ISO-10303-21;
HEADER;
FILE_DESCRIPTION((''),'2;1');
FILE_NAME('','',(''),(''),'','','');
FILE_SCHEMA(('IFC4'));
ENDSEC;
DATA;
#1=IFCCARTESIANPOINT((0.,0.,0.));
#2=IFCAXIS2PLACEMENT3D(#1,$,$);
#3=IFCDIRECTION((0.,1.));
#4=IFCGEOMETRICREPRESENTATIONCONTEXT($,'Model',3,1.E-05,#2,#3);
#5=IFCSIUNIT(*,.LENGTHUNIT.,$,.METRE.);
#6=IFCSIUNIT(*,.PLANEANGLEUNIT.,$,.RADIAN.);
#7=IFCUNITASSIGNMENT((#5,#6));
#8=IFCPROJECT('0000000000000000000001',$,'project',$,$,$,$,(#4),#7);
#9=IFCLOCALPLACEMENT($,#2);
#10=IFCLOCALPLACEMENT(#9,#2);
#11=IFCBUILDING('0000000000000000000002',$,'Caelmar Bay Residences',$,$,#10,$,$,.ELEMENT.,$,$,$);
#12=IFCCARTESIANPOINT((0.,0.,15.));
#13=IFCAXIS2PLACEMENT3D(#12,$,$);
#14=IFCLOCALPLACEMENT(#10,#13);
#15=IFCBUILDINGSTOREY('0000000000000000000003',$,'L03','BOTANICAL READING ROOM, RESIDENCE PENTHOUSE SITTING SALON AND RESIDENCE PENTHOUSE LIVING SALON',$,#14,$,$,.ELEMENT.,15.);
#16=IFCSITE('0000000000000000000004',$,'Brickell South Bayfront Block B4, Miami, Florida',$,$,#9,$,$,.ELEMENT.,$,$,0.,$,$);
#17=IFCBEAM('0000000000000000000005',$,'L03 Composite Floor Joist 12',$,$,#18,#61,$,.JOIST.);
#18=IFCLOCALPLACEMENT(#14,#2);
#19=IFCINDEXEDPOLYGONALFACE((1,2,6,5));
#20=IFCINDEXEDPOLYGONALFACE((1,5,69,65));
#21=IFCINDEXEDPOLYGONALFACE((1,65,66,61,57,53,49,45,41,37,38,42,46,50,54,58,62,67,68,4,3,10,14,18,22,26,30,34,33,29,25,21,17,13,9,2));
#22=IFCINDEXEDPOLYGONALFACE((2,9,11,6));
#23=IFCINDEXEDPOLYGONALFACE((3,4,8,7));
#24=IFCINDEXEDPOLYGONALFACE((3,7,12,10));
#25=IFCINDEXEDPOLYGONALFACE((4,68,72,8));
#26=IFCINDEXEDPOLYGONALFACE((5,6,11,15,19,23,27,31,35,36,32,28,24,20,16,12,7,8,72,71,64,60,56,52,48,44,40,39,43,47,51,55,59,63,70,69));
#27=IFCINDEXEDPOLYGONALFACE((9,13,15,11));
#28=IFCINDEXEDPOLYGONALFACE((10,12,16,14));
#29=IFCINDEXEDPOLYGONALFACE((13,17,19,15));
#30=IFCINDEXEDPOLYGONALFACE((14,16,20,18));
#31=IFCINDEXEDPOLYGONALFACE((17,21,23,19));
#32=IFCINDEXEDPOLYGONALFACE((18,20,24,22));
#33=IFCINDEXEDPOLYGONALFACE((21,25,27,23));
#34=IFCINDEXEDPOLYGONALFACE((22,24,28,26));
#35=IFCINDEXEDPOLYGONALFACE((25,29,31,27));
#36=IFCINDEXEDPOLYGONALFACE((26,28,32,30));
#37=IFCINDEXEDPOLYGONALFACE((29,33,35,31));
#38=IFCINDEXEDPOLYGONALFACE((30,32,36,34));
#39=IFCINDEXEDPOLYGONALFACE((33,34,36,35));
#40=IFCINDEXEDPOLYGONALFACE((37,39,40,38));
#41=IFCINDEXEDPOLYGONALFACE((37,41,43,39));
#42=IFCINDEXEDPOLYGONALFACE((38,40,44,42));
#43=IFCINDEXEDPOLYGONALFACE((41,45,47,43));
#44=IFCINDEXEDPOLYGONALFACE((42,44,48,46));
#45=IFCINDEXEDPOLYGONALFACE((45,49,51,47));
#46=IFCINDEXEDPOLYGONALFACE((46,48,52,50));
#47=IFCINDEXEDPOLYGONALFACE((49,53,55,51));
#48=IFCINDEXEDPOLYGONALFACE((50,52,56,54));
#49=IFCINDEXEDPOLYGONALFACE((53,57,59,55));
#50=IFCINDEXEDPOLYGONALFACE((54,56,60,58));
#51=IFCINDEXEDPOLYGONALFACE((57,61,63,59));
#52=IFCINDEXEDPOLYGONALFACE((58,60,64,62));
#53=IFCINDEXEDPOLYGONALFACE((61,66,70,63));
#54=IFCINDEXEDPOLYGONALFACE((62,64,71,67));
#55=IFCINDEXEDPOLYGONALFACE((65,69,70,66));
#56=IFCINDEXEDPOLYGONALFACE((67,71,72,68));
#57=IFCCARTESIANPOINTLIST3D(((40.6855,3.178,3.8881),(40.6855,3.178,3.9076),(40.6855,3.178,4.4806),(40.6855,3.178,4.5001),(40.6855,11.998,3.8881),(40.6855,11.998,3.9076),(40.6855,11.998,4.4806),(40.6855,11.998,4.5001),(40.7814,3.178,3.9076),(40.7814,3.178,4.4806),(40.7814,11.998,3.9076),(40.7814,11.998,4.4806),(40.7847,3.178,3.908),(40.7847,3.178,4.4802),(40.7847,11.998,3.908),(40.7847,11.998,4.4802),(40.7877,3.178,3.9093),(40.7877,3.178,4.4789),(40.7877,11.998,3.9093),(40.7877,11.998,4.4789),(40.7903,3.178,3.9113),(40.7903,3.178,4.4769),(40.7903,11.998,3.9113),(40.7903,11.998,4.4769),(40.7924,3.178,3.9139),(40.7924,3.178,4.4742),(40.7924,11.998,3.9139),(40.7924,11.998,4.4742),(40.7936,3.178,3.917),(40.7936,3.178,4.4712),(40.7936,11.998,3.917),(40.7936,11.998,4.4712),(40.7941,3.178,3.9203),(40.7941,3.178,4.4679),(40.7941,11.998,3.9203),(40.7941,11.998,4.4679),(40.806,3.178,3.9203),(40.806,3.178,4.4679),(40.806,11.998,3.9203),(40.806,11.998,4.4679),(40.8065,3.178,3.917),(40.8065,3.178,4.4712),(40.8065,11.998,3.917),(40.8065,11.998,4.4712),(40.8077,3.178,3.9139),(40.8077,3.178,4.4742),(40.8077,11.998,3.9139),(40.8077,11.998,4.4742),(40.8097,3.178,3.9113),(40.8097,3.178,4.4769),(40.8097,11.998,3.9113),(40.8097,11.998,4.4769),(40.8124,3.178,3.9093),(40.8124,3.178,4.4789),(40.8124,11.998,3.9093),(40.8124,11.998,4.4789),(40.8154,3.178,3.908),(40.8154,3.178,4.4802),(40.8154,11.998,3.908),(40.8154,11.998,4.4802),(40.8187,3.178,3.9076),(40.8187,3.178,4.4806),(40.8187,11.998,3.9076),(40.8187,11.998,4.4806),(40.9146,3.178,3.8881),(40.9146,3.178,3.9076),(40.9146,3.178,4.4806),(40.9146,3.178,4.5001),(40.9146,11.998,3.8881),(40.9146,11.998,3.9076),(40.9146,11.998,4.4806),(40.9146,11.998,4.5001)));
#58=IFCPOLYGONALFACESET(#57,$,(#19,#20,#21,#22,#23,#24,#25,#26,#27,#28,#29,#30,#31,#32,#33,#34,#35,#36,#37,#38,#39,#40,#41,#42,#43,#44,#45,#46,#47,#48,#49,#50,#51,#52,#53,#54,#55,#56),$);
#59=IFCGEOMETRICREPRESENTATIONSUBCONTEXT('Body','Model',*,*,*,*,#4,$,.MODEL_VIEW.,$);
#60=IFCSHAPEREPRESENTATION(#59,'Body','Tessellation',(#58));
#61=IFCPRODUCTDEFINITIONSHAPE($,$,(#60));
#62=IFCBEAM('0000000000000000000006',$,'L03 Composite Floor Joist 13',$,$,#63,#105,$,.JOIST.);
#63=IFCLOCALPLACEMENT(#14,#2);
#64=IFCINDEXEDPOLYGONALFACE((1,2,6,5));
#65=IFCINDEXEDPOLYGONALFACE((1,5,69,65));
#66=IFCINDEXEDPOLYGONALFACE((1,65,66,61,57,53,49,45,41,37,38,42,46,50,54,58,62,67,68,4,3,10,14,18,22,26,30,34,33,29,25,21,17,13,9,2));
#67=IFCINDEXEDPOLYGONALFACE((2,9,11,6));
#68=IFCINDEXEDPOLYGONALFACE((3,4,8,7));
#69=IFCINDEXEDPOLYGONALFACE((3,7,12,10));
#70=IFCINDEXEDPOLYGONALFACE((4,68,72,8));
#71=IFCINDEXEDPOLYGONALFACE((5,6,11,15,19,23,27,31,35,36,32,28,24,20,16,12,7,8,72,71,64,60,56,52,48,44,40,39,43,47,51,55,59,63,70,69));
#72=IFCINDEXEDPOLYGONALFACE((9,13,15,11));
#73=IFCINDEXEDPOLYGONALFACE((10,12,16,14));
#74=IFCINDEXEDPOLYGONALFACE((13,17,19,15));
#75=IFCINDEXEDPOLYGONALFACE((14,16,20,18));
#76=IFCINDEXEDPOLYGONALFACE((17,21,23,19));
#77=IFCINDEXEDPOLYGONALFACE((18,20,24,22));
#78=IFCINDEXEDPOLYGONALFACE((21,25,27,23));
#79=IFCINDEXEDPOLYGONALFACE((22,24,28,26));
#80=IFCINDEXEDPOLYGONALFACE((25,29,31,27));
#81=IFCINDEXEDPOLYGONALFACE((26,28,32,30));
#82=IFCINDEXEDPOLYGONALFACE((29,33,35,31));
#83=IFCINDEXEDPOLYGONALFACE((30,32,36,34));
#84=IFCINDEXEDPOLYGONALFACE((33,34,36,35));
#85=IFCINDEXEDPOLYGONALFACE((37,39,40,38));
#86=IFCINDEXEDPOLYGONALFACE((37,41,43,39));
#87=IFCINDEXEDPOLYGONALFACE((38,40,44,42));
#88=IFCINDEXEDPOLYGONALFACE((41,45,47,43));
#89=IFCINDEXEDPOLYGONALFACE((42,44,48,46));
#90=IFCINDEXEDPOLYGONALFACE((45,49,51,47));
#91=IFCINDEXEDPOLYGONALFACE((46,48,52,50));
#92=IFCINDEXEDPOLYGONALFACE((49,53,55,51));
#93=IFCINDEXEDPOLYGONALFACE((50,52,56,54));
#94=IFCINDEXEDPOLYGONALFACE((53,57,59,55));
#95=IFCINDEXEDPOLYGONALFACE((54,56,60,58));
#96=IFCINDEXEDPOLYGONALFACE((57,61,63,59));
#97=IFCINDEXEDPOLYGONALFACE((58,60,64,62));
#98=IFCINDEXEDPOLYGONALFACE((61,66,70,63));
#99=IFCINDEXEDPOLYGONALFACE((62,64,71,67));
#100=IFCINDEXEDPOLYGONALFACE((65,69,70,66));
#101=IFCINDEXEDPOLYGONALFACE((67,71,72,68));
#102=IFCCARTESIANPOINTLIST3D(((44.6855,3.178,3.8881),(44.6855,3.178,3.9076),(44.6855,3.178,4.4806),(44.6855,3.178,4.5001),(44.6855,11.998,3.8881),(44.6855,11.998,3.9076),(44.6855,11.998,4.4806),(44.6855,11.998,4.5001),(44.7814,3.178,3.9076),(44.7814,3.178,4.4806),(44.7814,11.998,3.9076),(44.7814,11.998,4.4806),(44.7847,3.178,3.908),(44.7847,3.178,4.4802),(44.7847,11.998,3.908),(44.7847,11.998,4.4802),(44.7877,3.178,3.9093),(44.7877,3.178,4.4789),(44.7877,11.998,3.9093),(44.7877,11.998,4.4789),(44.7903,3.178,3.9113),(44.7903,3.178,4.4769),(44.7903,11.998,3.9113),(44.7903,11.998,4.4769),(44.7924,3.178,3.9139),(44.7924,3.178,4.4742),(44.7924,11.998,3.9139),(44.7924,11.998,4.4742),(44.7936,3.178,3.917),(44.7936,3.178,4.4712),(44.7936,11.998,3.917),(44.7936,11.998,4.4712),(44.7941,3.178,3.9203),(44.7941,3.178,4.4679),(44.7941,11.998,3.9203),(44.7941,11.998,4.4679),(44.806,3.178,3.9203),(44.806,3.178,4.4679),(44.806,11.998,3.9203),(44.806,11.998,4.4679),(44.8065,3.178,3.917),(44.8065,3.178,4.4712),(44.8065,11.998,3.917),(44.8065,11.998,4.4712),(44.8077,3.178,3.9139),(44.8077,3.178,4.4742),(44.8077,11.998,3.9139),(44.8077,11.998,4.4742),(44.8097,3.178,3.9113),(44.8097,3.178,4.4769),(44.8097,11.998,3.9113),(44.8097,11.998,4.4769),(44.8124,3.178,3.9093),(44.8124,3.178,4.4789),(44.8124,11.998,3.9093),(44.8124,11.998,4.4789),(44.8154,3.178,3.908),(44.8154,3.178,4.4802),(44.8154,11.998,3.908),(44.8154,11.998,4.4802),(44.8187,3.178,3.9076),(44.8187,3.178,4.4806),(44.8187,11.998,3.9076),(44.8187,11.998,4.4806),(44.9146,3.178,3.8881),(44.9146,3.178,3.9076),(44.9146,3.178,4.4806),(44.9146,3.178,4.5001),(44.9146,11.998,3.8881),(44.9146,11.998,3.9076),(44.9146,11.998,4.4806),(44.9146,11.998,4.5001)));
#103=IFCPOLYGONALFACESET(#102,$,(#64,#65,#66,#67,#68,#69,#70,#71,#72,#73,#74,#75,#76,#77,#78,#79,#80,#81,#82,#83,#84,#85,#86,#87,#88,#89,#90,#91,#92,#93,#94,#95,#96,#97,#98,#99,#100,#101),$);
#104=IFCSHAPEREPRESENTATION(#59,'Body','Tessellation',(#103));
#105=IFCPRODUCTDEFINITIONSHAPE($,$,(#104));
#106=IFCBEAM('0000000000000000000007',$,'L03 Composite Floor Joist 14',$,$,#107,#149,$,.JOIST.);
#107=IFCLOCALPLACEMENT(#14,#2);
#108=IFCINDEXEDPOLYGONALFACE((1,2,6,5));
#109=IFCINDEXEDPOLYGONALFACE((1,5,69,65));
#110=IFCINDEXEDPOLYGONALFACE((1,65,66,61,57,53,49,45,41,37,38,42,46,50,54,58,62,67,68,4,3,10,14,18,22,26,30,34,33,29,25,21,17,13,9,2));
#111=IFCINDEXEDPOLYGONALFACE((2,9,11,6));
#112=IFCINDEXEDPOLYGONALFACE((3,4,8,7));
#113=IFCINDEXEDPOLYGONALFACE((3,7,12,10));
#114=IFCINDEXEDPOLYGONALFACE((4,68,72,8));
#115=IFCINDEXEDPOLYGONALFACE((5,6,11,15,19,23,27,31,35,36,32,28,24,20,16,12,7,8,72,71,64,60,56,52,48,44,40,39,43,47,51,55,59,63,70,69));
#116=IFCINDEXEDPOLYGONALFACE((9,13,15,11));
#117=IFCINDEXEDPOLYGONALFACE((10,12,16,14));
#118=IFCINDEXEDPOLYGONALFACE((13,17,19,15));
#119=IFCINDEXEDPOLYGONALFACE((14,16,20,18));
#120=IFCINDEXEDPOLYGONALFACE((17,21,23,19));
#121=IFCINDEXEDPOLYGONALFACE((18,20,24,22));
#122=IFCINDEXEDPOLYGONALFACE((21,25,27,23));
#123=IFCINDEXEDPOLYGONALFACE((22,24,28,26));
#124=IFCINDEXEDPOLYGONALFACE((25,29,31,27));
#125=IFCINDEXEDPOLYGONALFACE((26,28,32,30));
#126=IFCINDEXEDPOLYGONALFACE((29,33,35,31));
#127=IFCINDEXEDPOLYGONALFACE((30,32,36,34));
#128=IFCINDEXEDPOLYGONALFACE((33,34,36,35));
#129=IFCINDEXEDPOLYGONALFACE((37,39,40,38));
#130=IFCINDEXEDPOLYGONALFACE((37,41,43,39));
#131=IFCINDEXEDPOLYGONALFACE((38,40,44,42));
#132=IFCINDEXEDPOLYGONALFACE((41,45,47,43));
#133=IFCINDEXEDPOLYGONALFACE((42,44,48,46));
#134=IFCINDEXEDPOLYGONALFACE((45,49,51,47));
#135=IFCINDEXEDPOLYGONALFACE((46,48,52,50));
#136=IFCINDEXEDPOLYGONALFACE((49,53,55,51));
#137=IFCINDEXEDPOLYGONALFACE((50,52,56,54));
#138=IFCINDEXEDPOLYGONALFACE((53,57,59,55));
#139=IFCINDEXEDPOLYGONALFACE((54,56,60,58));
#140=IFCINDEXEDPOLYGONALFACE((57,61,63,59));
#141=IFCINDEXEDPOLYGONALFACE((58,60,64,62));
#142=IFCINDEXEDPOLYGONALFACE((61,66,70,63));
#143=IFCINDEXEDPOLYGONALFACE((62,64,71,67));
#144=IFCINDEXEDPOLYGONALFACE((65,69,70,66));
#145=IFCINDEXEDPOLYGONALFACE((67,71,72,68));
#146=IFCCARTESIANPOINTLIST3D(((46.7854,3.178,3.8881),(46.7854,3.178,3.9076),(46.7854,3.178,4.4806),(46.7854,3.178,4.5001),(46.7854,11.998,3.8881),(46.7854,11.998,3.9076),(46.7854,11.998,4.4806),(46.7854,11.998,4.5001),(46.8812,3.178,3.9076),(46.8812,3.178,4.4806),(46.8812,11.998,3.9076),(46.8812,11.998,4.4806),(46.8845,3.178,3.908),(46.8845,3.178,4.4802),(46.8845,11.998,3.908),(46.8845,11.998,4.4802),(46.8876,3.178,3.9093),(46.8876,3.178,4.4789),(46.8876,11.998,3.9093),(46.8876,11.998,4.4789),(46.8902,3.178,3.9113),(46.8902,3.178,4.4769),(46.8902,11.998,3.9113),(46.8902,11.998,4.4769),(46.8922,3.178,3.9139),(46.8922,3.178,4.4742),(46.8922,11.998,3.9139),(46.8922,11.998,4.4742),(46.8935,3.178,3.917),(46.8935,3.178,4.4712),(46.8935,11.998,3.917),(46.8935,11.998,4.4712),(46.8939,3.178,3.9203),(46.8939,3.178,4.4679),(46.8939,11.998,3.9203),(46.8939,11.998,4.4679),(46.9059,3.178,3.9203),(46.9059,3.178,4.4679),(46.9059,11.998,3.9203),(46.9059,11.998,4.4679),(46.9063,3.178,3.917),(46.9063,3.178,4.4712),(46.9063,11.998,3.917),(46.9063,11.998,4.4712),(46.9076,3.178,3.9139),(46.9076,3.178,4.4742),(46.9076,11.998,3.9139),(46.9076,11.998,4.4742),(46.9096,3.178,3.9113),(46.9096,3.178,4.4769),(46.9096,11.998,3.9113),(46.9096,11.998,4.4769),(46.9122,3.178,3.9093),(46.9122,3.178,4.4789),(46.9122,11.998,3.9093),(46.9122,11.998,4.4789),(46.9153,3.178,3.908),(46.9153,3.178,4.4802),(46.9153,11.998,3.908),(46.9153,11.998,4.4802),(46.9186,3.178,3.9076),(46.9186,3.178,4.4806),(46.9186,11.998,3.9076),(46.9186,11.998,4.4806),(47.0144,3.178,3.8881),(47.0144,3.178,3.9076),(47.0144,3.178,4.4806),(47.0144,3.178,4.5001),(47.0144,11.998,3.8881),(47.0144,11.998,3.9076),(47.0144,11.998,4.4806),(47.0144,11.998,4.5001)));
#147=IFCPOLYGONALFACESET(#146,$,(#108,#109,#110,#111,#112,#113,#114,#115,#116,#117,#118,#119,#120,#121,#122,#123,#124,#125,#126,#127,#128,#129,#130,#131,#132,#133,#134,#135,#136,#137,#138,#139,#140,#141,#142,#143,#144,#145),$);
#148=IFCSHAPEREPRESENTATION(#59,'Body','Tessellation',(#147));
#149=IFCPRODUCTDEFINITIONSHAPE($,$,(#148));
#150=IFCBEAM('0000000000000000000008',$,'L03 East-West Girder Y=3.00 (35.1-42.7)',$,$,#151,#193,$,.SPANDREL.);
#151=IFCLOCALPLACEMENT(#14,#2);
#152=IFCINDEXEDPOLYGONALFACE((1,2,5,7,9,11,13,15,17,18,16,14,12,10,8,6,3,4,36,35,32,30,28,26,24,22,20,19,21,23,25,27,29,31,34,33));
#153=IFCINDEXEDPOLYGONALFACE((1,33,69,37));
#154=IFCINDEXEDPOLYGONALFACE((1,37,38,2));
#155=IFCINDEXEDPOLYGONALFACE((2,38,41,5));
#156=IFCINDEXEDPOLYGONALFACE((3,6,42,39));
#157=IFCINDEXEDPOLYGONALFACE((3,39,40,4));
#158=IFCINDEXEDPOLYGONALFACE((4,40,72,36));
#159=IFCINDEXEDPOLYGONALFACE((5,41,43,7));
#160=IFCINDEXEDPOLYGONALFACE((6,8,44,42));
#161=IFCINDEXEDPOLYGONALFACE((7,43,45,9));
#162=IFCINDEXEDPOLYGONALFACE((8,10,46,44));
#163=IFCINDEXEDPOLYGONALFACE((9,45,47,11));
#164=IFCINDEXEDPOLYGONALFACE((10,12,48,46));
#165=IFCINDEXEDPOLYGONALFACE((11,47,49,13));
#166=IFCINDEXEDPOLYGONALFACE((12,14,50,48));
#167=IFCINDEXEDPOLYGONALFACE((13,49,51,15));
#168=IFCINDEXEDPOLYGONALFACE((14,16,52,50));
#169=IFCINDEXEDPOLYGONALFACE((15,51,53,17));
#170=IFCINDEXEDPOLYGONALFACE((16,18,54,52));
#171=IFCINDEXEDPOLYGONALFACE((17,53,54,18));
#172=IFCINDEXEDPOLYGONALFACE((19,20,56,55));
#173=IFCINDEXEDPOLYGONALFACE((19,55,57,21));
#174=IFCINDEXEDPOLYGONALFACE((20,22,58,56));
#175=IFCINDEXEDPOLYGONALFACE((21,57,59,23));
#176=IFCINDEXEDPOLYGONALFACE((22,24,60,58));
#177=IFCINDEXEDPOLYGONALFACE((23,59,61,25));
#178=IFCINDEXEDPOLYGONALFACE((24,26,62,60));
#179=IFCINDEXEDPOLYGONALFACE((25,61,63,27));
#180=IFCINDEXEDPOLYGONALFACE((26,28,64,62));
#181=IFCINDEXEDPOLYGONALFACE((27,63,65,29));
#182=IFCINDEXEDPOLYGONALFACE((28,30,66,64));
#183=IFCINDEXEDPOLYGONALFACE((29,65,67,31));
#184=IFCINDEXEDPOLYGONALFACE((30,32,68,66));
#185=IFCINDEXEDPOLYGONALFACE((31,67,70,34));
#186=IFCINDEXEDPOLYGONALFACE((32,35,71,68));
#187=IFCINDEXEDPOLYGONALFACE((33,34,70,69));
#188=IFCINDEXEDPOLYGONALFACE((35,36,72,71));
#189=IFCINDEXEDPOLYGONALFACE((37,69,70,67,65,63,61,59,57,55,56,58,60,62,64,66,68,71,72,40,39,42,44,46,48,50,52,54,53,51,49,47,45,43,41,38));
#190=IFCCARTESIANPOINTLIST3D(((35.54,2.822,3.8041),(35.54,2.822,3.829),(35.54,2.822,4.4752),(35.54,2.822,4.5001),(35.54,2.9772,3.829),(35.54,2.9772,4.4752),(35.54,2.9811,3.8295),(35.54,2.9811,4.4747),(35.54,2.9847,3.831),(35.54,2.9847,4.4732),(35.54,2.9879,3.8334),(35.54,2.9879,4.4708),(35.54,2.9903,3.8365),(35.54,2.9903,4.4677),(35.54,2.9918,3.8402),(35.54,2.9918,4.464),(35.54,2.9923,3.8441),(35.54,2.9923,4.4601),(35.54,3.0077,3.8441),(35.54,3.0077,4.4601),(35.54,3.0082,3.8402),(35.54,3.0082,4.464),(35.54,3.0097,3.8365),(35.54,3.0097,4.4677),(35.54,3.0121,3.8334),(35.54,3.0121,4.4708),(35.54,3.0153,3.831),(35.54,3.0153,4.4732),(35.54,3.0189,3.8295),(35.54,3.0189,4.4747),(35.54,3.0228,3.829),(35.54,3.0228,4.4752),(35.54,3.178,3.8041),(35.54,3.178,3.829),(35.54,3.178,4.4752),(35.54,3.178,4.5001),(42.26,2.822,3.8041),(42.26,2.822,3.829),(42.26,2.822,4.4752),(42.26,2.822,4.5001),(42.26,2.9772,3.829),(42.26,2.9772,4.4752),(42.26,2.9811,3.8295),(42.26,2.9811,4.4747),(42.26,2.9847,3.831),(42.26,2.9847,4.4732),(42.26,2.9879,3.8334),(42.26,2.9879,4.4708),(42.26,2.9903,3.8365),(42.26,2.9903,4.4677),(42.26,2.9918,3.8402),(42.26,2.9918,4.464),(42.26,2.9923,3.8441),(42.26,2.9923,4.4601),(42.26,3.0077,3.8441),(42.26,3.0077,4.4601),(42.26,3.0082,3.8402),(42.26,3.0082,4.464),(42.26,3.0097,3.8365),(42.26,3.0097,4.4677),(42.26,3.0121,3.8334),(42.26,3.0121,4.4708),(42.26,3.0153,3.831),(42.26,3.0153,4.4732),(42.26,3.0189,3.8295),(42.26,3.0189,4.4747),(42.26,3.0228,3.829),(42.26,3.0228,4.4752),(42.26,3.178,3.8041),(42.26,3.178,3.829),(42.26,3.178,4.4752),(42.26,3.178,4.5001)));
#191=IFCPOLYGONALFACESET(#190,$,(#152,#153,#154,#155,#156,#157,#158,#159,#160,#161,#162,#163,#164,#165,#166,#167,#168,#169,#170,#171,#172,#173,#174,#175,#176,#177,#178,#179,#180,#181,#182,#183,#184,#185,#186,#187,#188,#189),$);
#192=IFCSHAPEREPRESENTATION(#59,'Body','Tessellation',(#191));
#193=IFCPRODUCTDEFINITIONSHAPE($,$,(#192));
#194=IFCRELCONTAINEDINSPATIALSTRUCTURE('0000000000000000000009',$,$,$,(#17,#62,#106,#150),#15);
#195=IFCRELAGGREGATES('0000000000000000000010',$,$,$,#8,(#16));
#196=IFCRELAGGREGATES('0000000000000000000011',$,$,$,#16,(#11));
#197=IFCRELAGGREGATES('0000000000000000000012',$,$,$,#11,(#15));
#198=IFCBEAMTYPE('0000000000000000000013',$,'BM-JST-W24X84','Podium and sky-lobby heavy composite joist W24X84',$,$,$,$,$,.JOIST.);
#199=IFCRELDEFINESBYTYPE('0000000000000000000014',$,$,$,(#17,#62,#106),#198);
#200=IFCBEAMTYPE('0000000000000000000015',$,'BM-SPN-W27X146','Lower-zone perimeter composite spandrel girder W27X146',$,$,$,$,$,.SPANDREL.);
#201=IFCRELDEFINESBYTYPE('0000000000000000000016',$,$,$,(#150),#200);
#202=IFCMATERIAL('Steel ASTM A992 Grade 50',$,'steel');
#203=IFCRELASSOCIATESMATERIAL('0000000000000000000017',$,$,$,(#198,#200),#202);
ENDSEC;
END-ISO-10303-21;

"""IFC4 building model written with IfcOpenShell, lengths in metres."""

from ifc_helpers import new_model, si_unit, direction, frame, origin, origin_2d, place, context, subcontext, project, spatial, i_section, extrude, material, material_profile, profile_set, type_object, element, save


model = new_model("IFC4")

# Units and contexts
model_context = context("Model", 3, precision=1e-05, world=origin(), true_north=direction((0.0, 1.0)))
body_context = subcontext(model_context, "Body", "Model", "MODEL_VIEW")
ifc_project = project(units=[si_unit("LENGTHUNIT", "METRE"), si_unit("PLANEANGLEUNIT", "RADIAN")], contexts=[model_context])

# Site, building, storey
site_placement = place(None, origin())
site = spatial("IfcSite", under=ifc_project, at=site_placement, Name="Brickell South Bayfront Block B4, Miami, Florida", CompositionType="ELEMENT", RefElevation=0.0)
building_placement = place(site_placement, origin())
building = spatial("IfcBuilding", under=site, at=building_placement, Name="Caelmar Bay Residences", CompositionType="ELEMENT")
storey_placement = place(building_placement, frame((0.0, 0.0, 15.0)))
storey = spatial("IfcBuildingStorey", under=building, at=storey_placement, Name="L03", Description="BOTANICAL READING ROOM, RESIDENCE PENTHOUSE SITTING SALON AND RESIDENCE PENTHOUSE LIVING SALON", CompositionType="ELEMENT", Elevation=15.0)

# Beams
ifc_material_1 = material(Name="Steel ASTM A992 Grade 50", Category="steel")
ifc_material_profile_1 = material_profile(ifc_material_1, i_section(OverallWidth=0.229, OverallDepth=0.6121, WebThickness=0.012, FlangeThickness=0.0195, FilletRadius=0.0127, at=origin_2d()), Name="W24X84")
ifc_profile_set_1 = profile_set([ifc_material_profile_1], Name="Steel ASTM A992 Grade 50")
beam_type_1 = type_object("IfcBeamType", Name="BM-JST-W24X84", Description="Podium and sky-lobby heavy composite joist W24X84", PredefinedType="JOIST", material=ifc_profile_set_1)
for number, where, z_axis, x_axis, name in (
    (1, (40.8, 3.178, 4.1941), (0.0, 1.0, 0.0), (-1.0, 0.0, 0.0), "L03 Composite Floor Joist 12"),
    (2, (44.8, 3.178, 4.1941), (0.0, 1.0, 0.0), (-1.0, 0.0, 0.0), "L03 Composite Floor Joist 13"),
    (3, (46.8999, 3.178, 4.1941), (0.0, 1.0, 0.0), (-1.0, 0.0, 0.0), "L03 Composite Floor Joist 14"),
):
    element("IfcBeam", number, at=place(storey_placement, frame(where, z_axis=z_axis, x_axis=x_axis)), inside=storey, type_object=beam_type_1, Name=name, PredefinedType="JOIST", context=body_context, shape_type="SweptSolid", body=[
        extrude(i_section(OverallWidth=0.229, OverallDepth=0.6121, WebThickness=0.012, FlangeThickness=0.0195, FilletRadius=0.0127, at=origin_2d()), origin(), (0.0, 0.0, 1.0), 8.8201),
    ])
ifc_material_profile_2 = material_profile(ifc_material_1, i_section(OverallWidth=0.356, OverallDepth=0.696, WebThickness=0.0154, FlangeThickness=0.0249, FilletRadius=0.0151, at=origin_2d()), Name="W27X146")
ifc_profile_set_2 = profile_set([ifc_material_profile_2], Name="Steel ASTM A992 Grade 50")
beam_type_2 = type_object("IfcBeamType", Name="BM-SPN-W27X146", Description="Lower-zone perimeter composite spandrel girder W27X146", PredefinedType="SPANDREL", material=ifc_profile_set_2)
beam_1_placement = place(storey_placement, frame((35.54, 3.0, 4.1521), z_axis=(1.0, 0.0, 0.0), x_axis=(0.0, 1.0, 0.0)))
element("IfcBeam", 4, at=beam_1_placement, inside=storey, type_object=beam_type_2, Name="L03 East-West Girder Y=3.00 (35.1-42.7)", PredefinedType="SPANDREL", context=body_context, shape_type="SweptSolid", body=[
    extrude(i_section(OverallWidth=0.356, OverallDepth=0.696, WebThickness=0.0154, FlangeThickness=0.0249, FilletRadius=0.0151, at=origin_2d()), origin(), (0.0, 0.0, 1.0), 6.72),
])

save(model, "model.ifc")
